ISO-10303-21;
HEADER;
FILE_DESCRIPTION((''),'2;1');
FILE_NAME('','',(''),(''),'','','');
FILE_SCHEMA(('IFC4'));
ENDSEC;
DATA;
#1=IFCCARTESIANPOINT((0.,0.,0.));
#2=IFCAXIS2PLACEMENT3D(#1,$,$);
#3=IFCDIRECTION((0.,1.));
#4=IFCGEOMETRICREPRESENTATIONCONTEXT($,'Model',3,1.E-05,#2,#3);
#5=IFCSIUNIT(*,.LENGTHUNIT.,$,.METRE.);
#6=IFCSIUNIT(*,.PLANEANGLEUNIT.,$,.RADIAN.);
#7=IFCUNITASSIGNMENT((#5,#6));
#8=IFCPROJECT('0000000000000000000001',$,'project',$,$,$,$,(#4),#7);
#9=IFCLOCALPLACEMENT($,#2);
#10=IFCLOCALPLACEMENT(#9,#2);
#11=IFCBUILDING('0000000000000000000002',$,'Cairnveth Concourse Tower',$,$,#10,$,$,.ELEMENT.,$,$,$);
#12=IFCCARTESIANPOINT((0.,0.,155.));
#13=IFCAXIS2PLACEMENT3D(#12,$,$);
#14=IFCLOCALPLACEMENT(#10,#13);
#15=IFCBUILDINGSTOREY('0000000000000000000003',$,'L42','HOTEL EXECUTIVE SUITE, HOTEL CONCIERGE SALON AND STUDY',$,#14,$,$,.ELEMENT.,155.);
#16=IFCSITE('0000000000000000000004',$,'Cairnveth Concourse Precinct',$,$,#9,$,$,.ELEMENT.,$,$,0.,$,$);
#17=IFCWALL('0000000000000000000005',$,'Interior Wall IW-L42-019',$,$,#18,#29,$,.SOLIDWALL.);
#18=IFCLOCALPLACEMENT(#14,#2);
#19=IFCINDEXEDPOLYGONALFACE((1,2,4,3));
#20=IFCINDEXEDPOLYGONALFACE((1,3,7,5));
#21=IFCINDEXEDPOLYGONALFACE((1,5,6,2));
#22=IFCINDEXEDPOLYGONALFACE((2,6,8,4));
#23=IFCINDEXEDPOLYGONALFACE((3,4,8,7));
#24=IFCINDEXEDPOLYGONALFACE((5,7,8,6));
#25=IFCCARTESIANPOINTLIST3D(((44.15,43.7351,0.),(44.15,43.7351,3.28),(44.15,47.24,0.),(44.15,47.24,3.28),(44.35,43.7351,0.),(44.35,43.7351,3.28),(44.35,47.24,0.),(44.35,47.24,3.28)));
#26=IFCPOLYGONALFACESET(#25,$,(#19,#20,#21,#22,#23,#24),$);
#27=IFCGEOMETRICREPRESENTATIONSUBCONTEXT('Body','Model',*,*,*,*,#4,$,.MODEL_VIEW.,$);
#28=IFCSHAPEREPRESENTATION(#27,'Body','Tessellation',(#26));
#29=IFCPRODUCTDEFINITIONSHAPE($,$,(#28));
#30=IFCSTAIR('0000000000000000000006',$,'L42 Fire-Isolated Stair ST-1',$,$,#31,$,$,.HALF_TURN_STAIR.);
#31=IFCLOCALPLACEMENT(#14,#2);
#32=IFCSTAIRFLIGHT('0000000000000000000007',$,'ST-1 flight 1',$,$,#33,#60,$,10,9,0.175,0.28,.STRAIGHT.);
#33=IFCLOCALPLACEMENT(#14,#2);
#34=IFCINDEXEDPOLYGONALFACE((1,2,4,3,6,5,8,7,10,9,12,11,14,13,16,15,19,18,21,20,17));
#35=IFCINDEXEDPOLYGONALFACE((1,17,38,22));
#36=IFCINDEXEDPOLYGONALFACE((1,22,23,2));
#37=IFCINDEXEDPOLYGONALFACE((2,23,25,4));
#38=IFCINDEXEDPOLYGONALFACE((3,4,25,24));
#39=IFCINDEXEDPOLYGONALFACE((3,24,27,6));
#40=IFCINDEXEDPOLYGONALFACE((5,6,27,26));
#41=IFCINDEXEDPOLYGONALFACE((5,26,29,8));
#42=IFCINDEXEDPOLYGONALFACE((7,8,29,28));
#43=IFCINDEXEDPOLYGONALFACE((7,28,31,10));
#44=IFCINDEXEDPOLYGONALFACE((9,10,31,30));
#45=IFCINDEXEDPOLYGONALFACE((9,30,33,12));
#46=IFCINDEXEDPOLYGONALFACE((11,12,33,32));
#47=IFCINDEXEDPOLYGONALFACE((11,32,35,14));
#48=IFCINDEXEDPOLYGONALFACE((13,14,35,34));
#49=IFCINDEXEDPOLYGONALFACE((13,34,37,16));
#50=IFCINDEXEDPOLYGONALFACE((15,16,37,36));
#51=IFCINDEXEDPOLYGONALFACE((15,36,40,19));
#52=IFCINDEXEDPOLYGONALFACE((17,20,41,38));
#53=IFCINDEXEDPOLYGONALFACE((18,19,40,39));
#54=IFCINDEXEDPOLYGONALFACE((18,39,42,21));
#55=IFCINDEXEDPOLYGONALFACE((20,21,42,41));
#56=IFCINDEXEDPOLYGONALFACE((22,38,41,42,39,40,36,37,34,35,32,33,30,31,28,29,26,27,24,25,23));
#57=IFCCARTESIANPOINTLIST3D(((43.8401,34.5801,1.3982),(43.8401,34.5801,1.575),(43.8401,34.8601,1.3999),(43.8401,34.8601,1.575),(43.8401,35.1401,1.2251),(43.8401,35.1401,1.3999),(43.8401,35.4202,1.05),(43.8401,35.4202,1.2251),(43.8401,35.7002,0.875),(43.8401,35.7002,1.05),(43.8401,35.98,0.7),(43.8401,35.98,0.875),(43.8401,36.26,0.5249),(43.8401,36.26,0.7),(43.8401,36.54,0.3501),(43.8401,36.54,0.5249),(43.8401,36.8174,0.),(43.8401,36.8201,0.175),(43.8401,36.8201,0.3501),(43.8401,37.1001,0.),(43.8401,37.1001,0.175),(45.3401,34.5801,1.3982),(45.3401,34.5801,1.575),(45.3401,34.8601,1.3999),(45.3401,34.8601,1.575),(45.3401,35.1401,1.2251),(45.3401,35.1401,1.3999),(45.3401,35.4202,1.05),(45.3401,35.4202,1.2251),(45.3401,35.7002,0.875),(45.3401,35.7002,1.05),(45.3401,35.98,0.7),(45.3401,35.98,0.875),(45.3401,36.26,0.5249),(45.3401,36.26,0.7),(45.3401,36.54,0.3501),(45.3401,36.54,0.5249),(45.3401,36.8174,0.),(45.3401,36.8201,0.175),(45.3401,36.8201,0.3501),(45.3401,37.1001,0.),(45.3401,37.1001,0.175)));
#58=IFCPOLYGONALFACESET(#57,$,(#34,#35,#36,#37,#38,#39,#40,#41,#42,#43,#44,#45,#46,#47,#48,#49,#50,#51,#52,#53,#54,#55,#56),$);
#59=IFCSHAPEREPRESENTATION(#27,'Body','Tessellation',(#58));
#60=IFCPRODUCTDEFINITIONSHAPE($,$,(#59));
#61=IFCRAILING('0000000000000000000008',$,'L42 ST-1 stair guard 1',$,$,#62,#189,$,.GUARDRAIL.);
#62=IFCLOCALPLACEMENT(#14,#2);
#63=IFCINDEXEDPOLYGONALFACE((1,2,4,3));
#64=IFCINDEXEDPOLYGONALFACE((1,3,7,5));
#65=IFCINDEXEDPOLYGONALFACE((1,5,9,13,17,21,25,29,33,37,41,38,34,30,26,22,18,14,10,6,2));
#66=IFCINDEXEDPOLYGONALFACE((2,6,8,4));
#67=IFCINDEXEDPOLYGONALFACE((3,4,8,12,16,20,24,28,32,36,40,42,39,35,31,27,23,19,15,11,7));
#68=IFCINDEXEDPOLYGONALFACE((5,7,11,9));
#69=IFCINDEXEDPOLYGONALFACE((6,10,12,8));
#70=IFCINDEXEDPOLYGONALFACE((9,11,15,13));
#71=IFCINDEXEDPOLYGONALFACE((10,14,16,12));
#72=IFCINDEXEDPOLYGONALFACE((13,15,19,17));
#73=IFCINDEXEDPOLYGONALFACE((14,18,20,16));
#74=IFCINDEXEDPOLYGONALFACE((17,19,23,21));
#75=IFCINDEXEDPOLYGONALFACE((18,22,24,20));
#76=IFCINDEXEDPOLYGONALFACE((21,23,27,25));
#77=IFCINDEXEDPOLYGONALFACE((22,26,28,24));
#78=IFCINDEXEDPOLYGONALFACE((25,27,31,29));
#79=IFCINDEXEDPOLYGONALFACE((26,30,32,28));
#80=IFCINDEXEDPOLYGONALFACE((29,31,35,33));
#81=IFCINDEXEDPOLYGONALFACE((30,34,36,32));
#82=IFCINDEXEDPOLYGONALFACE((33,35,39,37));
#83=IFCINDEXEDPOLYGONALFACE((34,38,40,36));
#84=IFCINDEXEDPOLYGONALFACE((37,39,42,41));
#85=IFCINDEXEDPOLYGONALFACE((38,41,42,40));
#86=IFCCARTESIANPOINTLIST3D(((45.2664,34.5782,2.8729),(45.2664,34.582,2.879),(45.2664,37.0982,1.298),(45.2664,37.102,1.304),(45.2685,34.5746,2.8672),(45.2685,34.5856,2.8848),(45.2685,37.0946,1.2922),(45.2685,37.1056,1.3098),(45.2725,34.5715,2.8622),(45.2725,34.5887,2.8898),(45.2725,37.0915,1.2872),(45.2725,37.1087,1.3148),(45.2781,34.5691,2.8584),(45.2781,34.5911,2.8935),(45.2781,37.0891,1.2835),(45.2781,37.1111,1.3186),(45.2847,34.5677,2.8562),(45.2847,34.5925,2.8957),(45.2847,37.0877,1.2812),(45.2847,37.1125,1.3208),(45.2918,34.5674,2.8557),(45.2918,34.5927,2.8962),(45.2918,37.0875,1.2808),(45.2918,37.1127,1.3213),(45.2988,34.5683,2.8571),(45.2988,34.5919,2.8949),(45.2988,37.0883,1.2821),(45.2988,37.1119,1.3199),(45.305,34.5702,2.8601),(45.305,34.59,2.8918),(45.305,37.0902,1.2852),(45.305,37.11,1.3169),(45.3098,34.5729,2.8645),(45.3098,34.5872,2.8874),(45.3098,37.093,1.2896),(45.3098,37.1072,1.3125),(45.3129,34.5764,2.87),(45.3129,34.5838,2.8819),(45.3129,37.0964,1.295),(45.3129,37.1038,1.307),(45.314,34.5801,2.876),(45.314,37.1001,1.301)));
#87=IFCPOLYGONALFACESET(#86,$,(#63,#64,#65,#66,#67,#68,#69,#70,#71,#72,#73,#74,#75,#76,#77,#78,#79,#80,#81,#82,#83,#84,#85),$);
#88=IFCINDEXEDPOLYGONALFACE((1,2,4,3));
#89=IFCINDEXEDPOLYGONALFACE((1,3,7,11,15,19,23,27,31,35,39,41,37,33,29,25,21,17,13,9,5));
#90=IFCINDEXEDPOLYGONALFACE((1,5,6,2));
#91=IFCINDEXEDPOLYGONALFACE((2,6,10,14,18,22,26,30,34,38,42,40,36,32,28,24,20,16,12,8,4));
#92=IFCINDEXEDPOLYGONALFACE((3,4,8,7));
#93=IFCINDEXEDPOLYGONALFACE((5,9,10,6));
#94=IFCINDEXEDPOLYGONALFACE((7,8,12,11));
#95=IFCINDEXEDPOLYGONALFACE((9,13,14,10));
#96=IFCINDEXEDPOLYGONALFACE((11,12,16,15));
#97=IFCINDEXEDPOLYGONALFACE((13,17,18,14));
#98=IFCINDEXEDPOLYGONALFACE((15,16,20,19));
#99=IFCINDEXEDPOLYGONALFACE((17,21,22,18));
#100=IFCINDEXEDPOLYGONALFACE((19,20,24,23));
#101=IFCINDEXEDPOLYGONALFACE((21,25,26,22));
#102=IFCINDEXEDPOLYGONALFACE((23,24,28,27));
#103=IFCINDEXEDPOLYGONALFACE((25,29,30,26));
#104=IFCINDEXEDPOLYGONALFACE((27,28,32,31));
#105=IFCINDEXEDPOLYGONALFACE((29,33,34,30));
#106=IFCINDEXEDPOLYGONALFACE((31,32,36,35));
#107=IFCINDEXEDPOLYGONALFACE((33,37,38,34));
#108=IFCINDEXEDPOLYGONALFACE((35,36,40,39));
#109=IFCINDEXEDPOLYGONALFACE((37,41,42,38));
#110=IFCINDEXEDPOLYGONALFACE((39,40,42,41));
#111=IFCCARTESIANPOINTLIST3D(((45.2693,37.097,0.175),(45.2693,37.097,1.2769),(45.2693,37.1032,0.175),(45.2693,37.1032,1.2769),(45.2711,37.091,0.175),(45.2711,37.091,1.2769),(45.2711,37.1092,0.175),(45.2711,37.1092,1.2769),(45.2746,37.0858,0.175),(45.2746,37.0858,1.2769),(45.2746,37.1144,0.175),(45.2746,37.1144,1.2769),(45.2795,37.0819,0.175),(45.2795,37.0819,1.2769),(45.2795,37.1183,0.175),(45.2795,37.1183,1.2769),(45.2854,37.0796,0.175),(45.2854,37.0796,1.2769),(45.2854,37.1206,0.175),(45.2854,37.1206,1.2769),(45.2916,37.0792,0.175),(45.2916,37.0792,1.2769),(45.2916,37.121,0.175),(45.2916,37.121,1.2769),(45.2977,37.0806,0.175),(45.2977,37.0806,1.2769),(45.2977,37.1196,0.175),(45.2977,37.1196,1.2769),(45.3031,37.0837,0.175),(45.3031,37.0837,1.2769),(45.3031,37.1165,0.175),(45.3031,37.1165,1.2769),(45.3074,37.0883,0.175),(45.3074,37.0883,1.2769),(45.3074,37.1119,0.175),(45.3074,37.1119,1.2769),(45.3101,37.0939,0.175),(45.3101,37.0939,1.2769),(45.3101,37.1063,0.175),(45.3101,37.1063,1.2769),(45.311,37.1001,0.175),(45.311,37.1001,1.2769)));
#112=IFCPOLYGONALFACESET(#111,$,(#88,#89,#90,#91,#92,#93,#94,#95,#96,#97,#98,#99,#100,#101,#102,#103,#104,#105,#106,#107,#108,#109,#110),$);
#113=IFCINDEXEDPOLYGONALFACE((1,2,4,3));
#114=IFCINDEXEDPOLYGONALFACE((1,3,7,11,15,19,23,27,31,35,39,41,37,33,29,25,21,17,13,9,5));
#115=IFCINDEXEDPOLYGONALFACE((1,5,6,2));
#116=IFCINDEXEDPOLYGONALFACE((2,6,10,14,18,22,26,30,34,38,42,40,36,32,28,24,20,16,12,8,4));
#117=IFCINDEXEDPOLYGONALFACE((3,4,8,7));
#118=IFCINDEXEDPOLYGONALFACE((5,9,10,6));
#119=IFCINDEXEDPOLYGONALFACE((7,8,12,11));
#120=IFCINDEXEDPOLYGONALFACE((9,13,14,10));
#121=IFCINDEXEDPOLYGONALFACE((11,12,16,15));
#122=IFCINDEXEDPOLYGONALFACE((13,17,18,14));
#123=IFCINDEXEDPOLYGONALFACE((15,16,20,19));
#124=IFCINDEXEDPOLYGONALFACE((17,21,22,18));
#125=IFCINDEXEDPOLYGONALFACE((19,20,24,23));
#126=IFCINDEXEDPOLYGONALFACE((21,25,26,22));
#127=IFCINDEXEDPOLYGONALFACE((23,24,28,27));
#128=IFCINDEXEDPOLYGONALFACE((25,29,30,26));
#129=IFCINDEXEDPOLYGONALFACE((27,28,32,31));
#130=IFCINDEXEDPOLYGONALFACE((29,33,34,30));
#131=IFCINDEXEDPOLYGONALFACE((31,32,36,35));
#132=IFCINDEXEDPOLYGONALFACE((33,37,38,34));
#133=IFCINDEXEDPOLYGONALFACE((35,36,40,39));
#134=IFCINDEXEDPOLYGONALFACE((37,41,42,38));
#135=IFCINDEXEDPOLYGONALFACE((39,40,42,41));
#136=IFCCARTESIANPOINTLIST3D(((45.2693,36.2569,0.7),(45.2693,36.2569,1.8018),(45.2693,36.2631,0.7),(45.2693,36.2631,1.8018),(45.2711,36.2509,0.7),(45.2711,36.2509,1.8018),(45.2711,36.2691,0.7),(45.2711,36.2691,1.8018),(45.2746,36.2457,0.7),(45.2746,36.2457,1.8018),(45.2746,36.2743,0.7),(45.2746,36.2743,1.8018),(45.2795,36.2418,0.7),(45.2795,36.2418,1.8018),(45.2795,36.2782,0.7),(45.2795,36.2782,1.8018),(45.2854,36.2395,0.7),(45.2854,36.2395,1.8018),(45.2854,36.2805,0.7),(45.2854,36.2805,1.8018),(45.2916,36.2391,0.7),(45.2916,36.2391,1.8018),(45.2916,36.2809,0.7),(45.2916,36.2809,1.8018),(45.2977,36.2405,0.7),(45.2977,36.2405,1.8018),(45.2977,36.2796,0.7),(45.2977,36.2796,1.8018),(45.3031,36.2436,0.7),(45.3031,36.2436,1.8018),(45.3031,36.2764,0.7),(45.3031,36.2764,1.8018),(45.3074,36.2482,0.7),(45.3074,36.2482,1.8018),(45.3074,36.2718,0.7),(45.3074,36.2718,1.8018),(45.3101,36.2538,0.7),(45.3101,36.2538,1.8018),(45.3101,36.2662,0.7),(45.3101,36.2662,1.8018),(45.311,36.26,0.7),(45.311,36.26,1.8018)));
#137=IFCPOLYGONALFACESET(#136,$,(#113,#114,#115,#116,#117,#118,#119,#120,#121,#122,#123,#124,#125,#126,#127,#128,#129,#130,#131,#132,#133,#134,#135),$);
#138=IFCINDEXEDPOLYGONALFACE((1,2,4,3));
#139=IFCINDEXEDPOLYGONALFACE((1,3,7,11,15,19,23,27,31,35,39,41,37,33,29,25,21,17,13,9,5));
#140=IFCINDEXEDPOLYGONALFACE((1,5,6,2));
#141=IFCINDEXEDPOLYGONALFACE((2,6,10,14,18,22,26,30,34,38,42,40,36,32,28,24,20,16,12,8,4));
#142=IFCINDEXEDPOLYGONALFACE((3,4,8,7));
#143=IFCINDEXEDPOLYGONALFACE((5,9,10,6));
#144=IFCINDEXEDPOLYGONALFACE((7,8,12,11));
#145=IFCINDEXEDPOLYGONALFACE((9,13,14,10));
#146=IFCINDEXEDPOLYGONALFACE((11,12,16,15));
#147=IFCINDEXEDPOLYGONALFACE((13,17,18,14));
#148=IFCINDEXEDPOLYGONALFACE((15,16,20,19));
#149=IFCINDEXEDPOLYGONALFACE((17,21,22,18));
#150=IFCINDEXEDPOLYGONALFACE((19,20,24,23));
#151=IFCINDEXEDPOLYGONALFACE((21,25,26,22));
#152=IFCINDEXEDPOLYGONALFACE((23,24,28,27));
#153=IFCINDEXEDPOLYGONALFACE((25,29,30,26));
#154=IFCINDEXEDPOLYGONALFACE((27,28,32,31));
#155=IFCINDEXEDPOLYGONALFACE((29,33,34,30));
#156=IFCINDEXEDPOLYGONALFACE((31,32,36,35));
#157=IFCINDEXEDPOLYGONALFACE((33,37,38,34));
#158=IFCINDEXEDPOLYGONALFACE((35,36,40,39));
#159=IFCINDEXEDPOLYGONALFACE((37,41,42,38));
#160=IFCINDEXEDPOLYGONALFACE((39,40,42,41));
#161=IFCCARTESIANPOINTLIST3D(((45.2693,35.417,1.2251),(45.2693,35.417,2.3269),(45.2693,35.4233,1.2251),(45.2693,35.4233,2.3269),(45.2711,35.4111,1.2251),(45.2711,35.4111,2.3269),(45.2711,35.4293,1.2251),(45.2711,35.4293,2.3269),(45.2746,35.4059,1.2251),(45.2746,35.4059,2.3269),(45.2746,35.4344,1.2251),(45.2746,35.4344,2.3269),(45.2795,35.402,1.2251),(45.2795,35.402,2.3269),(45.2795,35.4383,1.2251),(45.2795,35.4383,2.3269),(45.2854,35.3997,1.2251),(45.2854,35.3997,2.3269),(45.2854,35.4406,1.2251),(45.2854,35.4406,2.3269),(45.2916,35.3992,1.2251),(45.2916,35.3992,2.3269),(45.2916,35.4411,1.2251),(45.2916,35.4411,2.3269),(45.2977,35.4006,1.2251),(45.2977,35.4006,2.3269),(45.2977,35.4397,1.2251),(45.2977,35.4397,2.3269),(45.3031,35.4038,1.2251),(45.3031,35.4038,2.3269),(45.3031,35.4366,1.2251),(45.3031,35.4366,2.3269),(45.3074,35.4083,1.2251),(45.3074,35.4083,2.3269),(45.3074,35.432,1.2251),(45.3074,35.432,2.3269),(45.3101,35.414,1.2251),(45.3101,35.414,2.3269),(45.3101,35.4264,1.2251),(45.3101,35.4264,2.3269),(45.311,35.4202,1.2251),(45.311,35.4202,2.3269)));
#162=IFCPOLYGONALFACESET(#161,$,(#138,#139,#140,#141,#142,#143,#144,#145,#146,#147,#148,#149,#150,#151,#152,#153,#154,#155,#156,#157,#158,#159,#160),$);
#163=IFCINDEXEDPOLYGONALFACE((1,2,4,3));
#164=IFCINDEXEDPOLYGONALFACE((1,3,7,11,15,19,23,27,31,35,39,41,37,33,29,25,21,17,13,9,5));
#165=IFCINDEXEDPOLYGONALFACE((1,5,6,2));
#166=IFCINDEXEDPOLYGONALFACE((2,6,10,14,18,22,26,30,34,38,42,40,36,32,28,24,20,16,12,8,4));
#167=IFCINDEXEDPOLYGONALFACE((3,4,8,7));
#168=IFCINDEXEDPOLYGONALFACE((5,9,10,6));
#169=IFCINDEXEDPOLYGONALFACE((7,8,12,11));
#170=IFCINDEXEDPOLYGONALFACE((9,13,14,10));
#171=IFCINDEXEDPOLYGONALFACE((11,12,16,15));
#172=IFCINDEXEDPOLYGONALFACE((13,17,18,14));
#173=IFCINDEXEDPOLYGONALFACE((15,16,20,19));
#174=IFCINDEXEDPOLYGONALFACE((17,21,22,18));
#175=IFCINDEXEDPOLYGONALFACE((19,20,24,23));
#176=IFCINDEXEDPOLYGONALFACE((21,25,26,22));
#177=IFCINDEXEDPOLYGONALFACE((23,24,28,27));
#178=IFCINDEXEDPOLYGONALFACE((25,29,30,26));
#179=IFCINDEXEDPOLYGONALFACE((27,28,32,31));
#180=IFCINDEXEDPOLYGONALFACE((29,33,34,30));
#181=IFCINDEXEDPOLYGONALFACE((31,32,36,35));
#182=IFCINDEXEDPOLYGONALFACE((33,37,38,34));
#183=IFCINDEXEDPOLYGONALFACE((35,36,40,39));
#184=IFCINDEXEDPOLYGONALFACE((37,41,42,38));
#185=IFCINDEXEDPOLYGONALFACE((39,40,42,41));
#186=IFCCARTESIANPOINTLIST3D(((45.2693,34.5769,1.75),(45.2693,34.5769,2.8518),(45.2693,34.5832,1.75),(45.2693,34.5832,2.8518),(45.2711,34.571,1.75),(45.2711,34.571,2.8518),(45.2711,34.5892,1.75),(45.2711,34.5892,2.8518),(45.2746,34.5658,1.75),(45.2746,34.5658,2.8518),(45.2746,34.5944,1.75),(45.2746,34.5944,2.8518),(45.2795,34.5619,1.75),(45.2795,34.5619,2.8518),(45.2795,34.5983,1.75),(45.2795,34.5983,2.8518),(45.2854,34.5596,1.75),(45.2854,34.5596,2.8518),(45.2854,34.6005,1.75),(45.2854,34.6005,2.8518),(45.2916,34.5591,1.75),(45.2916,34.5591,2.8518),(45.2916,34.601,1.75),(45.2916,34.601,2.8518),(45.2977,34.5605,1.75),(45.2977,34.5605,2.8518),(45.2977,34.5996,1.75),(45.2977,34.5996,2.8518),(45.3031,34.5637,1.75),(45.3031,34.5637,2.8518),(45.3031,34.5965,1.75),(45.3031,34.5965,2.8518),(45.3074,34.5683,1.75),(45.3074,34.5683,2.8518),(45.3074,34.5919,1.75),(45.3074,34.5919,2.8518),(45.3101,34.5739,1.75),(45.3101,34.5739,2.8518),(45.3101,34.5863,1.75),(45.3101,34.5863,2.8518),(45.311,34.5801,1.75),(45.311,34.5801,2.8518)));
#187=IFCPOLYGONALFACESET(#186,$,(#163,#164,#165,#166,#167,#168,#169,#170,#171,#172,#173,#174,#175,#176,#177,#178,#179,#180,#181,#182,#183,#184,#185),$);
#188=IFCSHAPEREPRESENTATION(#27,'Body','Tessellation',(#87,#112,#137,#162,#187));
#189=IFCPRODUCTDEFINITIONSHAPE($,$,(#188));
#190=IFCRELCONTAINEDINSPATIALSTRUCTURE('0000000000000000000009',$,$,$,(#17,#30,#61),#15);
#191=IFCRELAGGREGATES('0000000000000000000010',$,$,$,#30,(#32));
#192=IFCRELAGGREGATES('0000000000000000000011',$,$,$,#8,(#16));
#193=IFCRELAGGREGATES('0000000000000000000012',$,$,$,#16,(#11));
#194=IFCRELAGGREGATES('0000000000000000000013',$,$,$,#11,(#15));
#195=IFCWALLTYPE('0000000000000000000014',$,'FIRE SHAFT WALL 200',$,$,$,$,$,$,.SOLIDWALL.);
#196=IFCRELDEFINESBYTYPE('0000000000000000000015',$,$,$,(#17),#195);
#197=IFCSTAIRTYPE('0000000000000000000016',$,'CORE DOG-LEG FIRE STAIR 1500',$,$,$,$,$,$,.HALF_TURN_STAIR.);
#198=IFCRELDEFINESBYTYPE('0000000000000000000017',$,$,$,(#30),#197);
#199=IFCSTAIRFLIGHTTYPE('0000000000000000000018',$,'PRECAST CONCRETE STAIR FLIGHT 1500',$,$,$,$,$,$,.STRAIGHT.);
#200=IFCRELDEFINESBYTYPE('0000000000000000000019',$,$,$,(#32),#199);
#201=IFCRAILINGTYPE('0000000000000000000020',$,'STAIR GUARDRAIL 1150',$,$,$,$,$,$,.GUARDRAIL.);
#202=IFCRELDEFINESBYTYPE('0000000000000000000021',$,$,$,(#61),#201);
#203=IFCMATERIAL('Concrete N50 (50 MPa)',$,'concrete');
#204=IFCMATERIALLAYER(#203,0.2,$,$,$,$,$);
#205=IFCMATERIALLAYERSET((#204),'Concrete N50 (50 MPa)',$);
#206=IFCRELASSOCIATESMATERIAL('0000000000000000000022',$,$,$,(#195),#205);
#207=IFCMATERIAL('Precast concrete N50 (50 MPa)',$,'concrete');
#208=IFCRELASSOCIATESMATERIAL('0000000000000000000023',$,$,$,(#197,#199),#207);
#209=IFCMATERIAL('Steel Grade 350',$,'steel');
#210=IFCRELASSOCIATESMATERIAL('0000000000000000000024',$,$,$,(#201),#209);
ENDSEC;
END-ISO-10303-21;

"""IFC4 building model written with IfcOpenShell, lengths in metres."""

from ifc_helpers import new_model, si_unit, direction, frame, frame_2d, origin, origin_2d, place, context, subcontext, project, spatial, polyline, rectangle, circle, outline, extrude, material, layer, layer_set, type_object, element, aggregate, save


model = new_model("IFC4")

# Units and contexts
model_context = context("Model", 3, precision=1e-05, world=origin(), true_north=direction((0.0, 1.0)))
body_context = subcontext(model_context, "Body", "Model", "MODEL_VIEW")
ifc_project = project(units=[si_unit("LENGTHUNIT", "METRE"), si_unit("PLANEANGLEUNIT", "RADIAN")], contexts=[model_context])

# Site, building, storey
site_placement = place(None, origin())
site = spatial("IfcSite", under=ifc_project, at=site_placement, Name="Cairnveth Concourse Precinct", CompositionType="ELEMENT", RefElevation=0.0)
building_placement = place(site_placement, origin())
building = spatial("IfcBuilding", under=site, at=building_placement, Name="Cairnveth Concourse Tower", CompositionType="ELEMENT")
storey_placement = place(building_placement, frame((0.0, 0.0, 155.0)))
storey = spatial("IfcBuildingStorey", under=building, at=storey_placement, Name="L42", Description="HOTEL EXECUTIVE SUITE, HOTEL CONCIERGE SALON AND STUDY", CompositionType="ELEMENT", Elevation=155.0)

# Shared definitions
ifc_material_1 = material(Name="Steel Grade 350", Category="steel")

# Shared definitions
ifc_material_2 = material(Name="Concrete N50 (50 MPa)", Category="concrete")

# Shared definitions
ifc_layer_1 = layer(ifc_material_2, 0.2)
ifc_layer_set_1 = layer_set([ifc_layer_1], Name="Concrete N50 (50 MPa)")
wall_type_1 = type_object("IfcWallType", Name="FIRE SHAFT WALL 200", PredefinedType="SOLIDWALL", material=ifc_layer_set_1)

# Wall
for number, where, z_axis, x_axis, name in (
    (1, (44.25, 43.7351, 0.0), (0.0, 0.0, 1.0), (0.0, 1.0, 0.0), "Interior Wall IW-L42-019"),
):
    element("IfcWall", number, at=place(storey_placement, frame(where, z_axis=z_axis, x_axis=x_axis)), inside=storey, type_object=wall_type_1, Name=name, PredefinedType="SOLIDWALL", context=body_context, shape_type="SweptSolid", body=[
        extrude(rectangle(XDim=3.5049, YDim=0.2, at=frame_2d((1.7524, 0.0))), origin(), (0.0, 0.0, 1.0), 3.28),
    ])

# Stair, stair flight
ifc_material_3 = material(Name="Precast concrete N50 (50 MPa)", Category="concrete")
stair_type = type_object("IfcStairType", Name="CORE DOG-LEG FIRE STAIR 1500", PredefinedType="HALF_TURN_STAIR", material=ifc_material_3)
stair_placement = place(storey_placement, origin())
stair = element("IfcStair", 2, at=stair_placement, inside=storey, type_object=stair_type, Name="L42 Fire-Isolated Stair ST-1", PredefinedType="HALF_TURN_STAIR")
stair_flight_type = type_object("IfcStairFlightType", Name="PRECAST CONCRETE STAIR FLIGHT 1500", PredefinedType="STRAIGHT", material=ifc_material_3)
stair_flight_placement = place(storey_placement, frame((44.5901, 37.1001, 0.0), z_axis=(0.0, 0.0, 1.0), x_axis=(0.0, -1.0, 0.0)))
stair_flight = element("IfcStairFlight", 3, at=stair_flight_placement, type_object=stair_flight_type, Name="ST-1 flight 1", NumberOfRisers=10, NumberOfTreads=9, PredefinedType="STRAIGHT", RiserHeight=0.175, TreadLength=0.28, context=body_context, shape_type="SweptSolid", body=[
    extrude(outline(polyline([(0.0, 0.0), (0.0, 0.175), (0.28, 0.175), (0.28, 0.3501), (0.5601, 0.3501), (0.5601, 0.5249), (0.8401, 0.5249), (0.8401, 0.7), (1.1201, 0.7), (1.1201, 0.875), (1.3999, 0.875), (1.3999, 1.05), (1.6799, 1.05), (1.6799, 1.2251), (1.96, 1.2251), (1.96, 1.3999), (2.24, 1.3999), (2.24, 1.575), (2.52, 1.575), (2.52, 1.75), (2.52, 1.3982), (0.2827, 0.0), (0.0, 0.0)])), frame((0.0, 0.75, 0.0), z_axis=(0.0, -1.0, 0.0), x_axis=(1.0, 0.0, 0.0)), (0.0, 0.0, 1.0), 1.5),
])
aggregate(stair, [stair_flight])

# Railing
railing_type_1 = type_object("IfcRailingType", Name="STAIR GUARDRAIL 1150", PredefinedType="GUARDRAIL", material=ifc_material_1)
railing_1_placement = place(storey_placement, frame((45.29, 37.1001, 0.175)))
element("IfcRailing", 4, at=railing_1_placement, inside=storey, type_object=railing_type_1, Name="L42 ST-1 stair guard 1", PredefinedType="GUARDRAIL", context=body_context, shape_type="SweptSolid", body=[
    extrude(circle(Radius=0.0239, at=origin_2d()), frame((0.0, 0.0, 1.126), z_axis=(0.0, -0.848008, 0.529984), x_axis=(1.0, 0.0, 0.0)), (0.0, 0.0, 1.0), 2.9717),
    extrude(circle(Radius=0.021, at=origin_2d()), origin(), (0.0, 0.0, 1.0), 1.1018),
    extrude(circle(Radius=0.021, at=origin_2d()), frame((0.0, -0.8401, 0.5249)), (0.0, 0.0, 1.0), 1.1018),
    extrude(circle(Radius=0.021, at=origin_2d()), frame((0.0, -1.6799, 1.05)), (0.0, 0.0, 1.0), 1.1018),
    extrude(circle(Radius=0.021, at=origin_2d()), frame((0.0, -2.52, 1.575)), (0.0, 0.0, 1.0), 1.1018),
])

save(model, "model.ifc")
